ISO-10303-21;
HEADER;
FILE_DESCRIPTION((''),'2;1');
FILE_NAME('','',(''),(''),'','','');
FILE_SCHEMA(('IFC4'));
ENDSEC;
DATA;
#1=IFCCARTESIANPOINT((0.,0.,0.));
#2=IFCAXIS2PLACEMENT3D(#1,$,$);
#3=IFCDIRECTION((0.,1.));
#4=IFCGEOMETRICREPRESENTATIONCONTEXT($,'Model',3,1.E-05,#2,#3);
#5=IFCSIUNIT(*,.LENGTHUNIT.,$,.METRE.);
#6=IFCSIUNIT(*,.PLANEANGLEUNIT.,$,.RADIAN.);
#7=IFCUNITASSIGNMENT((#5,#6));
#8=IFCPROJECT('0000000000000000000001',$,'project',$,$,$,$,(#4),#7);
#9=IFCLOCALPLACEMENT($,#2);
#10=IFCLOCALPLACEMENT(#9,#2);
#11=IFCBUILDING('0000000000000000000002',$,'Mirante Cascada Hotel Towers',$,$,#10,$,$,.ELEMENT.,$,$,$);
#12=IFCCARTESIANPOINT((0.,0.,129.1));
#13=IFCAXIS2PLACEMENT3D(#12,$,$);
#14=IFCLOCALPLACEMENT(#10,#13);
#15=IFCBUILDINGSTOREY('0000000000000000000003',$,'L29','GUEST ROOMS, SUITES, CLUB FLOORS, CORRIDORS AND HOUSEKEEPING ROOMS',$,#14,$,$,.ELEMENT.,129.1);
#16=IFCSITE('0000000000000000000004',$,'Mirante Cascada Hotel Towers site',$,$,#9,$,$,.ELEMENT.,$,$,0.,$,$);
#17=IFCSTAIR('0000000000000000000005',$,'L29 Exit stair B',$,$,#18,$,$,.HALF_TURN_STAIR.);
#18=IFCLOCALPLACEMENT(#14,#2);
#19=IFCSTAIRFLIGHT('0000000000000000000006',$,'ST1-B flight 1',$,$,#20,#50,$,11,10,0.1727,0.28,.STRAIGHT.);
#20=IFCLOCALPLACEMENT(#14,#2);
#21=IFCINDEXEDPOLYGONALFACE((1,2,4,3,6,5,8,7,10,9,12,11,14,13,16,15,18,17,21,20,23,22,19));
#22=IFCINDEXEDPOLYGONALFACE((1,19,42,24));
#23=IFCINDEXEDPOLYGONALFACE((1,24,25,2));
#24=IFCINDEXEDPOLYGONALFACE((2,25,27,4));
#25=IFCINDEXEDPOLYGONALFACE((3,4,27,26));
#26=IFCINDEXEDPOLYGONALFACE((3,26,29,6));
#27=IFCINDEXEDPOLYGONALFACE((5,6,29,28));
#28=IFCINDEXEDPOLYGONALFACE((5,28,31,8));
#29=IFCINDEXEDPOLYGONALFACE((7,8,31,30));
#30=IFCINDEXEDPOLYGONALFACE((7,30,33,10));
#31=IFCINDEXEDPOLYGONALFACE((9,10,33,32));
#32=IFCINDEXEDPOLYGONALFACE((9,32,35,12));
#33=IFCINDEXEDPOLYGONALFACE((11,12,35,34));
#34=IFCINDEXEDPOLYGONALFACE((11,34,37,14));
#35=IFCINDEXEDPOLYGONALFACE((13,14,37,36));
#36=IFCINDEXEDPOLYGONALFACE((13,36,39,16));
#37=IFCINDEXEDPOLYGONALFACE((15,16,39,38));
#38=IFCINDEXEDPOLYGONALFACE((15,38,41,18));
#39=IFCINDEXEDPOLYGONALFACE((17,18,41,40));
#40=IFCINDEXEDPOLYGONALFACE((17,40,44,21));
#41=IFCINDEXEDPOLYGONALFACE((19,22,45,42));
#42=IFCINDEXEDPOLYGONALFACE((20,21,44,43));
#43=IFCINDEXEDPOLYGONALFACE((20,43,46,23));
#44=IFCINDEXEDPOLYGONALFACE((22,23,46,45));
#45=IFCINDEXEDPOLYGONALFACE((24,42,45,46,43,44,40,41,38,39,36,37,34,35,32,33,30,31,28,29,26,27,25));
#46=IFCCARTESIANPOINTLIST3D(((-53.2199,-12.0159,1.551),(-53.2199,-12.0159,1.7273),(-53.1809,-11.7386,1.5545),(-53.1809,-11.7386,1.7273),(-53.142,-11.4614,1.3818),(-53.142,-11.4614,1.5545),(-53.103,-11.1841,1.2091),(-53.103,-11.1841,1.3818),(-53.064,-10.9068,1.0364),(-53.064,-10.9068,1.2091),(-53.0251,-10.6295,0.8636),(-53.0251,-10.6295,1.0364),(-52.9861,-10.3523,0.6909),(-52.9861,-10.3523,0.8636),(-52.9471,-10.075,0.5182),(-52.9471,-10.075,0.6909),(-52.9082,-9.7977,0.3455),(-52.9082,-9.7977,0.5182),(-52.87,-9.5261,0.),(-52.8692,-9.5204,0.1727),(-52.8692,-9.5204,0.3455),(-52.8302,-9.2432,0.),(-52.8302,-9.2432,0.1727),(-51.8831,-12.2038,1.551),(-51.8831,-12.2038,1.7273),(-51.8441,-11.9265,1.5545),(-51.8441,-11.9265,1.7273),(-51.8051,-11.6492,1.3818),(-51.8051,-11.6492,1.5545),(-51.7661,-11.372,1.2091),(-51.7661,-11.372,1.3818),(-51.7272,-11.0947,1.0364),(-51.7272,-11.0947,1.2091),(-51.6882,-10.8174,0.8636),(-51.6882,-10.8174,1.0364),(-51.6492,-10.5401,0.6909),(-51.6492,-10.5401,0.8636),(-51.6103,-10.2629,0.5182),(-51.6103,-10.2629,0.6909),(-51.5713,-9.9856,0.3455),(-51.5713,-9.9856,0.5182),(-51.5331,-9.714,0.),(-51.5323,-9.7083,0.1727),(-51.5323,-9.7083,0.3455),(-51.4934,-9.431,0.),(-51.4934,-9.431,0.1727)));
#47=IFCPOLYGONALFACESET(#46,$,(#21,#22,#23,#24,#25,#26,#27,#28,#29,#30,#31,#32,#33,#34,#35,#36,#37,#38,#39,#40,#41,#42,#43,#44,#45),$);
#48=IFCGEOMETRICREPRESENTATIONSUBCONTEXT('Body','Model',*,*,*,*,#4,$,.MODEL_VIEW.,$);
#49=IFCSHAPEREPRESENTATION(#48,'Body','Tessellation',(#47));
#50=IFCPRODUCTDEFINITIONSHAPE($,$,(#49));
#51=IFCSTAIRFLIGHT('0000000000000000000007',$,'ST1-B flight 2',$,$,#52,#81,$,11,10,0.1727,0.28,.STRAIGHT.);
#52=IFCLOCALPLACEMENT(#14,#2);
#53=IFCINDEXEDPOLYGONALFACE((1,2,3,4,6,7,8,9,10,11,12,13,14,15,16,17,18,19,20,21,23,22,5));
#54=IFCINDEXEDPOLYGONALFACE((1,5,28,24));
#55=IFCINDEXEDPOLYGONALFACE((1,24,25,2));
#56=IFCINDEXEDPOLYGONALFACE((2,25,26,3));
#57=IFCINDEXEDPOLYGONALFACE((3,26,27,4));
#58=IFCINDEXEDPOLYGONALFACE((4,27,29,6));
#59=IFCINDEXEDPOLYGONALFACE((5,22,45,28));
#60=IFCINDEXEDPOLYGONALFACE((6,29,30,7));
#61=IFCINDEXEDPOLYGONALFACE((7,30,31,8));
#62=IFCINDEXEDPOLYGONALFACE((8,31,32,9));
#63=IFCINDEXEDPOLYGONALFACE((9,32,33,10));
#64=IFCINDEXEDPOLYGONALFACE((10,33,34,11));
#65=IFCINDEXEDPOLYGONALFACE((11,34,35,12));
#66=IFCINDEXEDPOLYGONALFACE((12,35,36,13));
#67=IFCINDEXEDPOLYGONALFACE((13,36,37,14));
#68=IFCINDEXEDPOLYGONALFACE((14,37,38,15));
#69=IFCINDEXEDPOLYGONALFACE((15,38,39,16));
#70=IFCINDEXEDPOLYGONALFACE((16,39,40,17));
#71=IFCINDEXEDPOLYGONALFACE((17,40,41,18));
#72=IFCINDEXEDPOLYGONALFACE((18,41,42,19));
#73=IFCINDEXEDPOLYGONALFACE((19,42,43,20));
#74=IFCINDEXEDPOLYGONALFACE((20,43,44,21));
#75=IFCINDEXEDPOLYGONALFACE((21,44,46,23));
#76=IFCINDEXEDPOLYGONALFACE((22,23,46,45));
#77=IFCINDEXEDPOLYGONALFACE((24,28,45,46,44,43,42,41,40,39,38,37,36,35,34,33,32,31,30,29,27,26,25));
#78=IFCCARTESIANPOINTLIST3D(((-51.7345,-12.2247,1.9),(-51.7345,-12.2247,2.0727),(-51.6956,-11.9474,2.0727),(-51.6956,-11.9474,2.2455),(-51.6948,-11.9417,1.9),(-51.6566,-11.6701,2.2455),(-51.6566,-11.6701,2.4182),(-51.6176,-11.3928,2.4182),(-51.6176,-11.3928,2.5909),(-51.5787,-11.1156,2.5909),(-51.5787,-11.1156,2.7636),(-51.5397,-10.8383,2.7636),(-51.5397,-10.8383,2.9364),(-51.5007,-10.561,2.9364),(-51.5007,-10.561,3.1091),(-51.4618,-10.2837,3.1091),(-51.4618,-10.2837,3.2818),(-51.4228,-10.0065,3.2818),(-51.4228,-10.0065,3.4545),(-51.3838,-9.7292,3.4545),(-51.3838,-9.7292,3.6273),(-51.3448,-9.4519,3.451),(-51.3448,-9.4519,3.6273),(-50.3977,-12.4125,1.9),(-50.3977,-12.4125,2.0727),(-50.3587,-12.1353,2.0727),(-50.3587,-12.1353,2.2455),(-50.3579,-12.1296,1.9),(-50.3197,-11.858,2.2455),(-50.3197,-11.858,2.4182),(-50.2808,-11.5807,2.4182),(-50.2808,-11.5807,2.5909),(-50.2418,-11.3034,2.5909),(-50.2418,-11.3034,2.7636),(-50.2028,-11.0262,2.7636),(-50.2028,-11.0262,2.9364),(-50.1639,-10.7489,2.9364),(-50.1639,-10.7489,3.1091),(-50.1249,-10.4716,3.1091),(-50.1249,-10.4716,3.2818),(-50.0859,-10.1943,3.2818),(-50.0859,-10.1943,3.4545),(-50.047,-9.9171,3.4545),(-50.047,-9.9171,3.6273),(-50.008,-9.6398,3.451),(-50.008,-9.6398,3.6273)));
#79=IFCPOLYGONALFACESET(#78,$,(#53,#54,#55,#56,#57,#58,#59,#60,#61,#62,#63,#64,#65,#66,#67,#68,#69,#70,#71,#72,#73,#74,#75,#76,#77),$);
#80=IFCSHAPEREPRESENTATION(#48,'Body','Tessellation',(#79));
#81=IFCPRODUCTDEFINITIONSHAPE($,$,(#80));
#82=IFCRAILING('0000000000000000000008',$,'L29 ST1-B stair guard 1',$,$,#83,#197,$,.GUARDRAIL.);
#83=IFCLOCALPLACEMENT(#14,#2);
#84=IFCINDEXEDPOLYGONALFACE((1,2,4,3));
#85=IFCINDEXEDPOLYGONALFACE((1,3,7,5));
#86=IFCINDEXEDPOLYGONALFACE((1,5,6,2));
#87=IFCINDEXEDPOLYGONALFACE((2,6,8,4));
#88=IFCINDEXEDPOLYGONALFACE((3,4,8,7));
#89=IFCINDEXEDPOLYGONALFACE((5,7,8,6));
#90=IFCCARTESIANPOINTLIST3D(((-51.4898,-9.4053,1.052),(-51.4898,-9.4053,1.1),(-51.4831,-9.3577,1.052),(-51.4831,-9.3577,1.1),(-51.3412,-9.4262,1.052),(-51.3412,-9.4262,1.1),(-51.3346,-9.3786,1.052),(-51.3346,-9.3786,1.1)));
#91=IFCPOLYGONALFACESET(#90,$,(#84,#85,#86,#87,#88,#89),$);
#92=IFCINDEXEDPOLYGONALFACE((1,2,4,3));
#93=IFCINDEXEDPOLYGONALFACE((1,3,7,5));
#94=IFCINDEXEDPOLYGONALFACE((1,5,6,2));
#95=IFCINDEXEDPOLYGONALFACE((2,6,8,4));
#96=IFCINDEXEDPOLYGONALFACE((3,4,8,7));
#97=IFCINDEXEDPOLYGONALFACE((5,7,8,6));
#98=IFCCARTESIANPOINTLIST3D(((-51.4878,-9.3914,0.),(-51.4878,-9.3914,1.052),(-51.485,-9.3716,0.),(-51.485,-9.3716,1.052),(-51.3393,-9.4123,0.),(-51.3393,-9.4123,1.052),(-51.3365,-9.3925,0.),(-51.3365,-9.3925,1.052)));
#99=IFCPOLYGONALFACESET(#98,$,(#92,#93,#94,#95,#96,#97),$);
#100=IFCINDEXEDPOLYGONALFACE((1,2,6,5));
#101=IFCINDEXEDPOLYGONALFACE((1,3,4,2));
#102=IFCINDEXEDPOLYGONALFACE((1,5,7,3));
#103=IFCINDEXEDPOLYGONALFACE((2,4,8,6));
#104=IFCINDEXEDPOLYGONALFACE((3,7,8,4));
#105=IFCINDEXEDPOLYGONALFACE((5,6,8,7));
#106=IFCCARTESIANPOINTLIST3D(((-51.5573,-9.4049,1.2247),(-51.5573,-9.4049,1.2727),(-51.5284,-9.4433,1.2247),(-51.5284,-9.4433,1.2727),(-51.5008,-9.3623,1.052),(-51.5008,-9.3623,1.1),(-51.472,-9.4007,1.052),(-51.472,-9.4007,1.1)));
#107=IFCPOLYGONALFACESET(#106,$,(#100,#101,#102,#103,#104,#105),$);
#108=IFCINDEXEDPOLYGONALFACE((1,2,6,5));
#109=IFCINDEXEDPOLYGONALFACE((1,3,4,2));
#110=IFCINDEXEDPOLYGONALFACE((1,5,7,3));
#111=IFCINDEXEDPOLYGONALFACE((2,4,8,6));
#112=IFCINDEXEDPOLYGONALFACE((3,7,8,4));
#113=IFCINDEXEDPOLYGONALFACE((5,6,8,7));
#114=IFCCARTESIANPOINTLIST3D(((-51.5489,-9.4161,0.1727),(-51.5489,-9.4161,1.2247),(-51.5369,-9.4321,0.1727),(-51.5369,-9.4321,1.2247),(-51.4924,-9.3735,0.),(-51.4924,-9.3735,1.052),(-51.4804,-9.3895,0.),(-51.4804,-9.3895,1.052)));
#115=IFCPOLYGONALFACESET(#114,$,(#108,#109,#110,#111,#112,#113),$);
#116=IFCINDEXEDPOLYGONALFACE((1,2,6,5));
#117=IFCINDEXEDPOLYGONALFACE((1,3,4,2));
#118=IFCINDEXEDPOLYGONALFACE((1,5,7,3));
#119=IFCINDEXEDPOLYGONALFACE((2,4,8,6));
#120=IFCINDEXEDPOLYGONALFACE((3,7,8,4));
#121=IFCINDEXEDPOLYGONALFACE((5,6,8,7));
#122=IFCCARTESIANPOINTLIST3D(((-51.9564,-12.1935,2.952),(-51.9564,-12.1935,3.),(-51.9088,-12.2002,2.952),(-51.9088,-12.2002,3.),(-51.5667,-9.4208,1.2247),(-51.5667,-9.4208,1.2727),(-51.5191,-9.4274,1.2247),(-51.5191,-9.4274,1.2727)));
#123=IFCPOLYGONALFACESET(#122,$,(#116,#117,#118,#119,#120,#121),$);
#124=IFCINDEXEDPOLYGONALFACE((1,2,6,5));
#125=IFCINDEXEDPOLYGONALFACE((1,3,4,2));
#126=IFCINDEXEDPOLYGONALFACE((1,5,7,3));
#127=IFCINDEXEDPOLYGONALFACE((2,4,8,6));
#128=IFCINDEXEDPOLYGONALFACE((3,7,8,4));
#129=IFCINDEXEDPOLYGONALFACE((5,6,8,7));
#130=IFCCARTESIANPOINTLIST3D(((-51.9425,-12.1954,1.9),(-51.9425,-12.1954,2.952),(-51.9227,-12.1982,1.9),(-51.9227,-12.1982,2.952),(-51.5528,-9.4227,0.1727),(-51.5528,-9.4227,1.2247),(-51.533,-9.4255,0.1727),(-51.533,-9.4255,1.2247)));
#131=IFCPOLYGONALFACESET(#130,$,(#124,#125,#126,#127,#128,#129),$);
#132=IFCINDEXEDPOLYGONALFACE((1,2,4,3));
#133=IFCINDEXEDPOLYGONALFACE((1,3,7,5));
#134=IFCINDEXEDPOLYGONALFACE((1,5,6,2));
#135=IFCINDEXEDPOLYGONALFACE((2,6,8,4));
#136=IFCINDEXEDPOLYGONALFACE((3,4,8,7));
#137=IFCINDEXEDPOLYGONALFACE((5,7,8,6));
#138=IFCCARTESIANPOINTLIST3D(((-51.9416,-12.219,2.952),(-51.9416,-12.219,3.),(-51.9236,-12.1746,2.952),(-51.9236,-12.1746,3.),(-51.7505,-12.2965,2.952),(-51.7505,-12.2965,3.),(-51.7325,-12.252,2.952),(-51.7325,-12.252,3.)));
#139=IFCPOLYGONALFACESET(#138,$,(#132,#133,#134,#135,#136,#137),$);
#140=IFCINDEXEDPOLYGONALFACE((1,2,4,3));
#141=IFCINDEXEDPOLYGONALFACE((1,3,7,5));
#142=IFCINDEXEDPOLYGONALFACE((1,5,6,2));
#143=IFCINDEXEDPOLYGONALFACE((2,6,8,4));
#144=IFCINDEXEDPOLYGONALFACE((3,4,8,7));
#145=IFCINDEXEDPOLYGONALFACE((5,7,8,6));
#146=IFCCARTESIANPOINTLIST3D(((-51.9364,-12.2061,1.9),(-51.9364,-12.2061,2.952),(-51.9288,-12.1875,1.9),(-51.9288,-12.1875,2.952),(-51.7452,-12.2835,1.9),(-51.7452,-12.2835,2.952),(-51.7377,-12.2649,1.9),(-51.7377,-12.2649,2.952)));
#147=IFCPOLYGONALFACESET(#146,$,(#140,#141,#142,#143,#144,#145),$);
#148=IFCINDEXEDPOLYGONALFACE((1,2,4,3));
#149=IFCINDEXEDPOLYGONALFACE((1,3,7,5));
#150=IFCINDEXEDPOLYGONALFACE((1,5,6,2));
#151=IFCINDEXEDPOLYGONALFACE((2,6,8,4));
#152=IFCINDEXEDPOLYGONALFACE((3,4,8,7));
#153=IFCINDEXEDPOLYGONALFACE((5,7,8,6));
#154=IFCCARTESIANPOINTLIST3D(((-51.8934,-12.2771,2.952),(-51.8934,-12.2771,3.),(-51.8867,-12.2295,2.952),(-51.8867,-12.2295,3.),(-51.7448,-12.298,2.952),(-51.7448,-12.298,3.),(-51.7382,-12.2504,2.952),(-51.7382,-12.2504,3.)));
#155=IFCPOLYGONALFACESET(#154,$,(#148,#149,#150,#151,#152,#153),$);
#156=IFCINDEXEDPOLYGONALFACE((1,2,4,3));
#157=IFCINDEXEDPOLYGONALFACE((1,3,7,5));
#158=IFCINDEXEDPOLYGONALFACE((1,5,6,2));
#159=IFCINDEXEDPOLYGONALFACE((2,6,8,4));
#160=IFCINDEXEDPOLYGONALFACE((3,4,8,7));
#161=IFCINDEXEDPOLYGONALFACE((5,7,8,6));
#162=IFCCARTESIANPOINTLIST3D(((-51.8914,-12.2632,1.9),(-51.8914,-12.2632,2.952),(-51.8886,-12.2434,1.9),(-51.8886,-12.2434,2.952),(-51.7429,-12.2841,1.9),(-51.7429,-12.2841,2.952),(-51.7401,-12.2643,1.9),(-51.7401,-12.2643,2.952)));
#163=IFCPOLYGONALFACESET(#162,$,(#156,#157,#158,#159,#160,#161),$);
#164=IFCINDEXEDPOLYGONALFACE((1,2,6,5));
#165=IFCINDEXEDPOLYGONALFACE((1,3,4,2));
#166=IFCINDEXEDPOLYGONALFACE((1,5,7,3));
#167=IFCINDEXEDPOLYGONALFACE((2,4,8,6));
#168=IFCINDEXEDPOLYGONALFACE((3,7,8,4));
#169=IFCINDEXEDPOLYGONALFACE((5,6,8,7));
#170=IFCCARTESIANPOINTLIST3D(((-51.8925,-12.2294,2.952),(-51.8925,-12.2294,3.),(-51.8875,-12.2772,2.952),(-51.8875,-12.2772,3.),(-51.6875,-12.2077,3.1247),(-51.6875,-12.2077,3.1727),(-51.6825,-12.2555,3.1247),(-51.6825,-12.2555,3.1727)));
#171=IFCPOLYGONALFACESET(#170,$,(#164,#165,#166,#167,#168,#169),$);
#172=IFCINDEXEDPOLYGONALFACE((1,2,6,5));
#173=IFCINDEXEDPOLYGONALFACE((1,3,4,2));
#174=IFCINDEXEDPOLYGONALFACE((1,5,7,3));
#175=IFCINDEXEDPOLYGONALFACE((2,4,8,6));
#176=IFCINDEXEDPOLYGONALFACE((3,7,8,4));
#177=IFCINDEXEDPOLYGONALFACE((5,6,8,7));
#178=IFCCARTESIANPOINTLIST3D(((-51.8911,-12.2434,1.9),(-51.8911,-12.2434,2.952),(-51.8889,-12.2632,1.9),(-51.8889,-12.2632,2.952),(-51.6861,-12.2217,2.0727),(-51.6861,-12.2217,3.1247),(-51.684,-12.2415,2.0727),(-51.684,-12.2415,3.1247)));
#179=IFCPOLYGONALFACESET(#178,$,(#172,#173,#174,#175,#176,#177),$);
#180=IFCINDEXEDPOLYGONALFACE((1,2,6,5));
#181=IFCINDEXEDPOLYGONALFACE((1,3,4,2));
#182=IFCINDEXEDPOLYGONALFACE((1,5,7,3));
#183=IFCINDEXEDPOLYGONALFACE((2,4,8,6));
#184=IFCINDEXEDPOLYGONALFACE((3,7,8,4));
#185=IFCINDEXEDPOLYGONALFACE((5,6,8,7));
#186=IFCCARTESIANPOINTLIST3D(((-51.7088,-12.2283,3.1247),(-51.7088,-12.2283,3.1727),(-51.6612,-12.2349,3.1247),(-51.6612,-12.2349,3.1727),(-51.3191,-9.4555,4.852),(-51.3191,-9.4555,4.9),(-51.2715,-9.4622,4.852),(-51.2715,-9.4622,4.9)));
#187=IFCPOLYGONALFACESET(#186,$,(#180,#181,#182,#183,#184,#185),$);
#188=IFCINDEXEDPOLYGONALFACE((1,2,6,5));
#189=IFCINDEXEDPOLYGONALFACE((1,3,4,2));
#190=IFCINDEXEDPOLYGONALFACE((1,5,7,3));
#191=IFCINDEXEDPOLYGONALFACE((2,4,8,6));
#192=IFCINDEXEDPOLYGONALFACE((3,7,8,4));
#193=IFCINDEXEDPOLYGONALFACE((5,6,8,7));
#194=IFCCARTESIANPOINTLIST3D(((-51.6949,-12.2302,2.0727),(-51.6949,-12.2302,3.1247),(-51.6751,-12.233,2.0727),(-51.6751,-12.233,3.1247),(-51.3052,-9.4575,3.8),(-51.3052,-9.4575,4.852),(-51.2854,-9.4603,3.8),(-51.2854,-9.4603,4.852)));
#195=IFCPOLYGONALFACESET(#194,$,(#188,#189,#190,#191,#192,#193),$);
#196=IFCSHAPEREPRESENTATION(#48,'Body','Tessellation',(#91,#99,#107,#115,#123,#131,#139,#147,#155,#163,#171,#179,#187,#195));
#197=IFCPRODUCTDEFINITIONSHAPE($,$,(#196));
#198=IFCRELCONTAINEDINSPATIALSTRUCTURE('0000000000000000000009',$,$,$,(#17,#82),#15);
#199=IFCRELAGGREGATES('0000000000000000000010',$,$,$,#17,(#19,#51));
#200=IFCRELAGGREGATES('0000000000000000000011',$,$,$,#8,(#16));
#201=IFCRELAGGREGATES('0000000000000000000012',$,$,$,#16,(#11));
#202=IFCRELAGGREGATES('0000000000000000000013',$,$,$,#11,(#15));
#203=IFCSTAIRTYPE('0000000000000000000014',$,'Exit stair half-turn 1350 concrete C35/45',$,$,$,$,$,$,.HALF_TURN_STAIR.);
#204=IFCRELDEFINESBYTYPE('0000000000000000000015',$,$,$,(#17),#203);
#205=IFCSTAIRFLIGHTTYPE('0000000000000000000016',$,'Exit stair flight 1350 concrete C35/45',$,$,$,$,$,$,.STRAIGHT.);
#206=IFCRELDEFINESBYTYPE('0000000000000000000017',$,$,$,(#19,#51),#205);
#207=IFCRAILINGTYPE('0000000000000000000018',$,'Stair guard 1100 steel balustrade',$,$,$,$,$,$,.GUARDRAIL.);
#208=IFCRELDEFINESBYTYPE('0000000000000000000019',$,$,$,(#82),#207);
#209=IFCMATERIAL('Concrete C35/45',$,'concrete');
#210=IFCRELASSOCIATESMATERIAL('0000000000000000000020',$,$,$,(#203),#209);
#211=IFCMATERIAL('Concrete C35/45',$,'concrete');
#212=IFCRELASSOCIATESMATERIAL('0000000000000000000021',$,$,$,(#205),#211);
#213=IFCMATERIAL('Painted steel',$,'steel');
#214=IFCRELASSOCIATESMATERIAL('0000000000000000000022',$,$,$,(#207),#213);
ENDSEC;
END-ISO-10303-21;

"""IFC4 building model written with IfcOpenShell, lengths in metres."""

from ifc_helpers import new_model, si_unit, direction, frame, origin, origin_2d, place, context, subcontext, project, spatial, polyline, rectangle, outline, extrude, material, type_object, element, aggregate, save


model = new_model("IFC4")

# Units and contexts
model_context = context("Model", 3, precision=1e-05, world=origin(), true_north=direction((0.0, 1.0)))
body_context = subcontext(model_context, "Body", "Model", "MODEL_VIEW")
ifc_project = project(units=[si_unit("LENGTHUNIT", "METRE"), si_unit("PLANEANGLEUNIT", "RADIAN")], contexts=[model_context])

# Site, building, storey
site_placement = place(None, origin())
site = spatial("IfcSite", under=ifc_project, at=site_placement, Name="Mirante Cascada Hotel Towers site", CompositionType="ELEMENT", RefElevation=0.0)
building_placement = place(site_placement, origin())
building = spatial("IfcBuilding", under=site, at=building_placement, Name="Mirante Cascada Hotel Towers", CompositionType="ELEMENT")
storey_placement = place(building_placement, frame((0.0, 0.0, 129.1)))
storey = spatial("IfcBuildingStorey", under=building, at=storey_placement, Name="L29", Description="GUEST ROOMS, SUITES, CLUB FLOORS, CORRIDORS AND HOUSEKEEPING ROOMS", CompositionType="ELEMENT", Elevation=129.1)

# Stair, stair flights
ifc_material_1 = material(Name="Concrete C35/45", Category="concrete")
stair_type = type_object("IfcStairType", Name="Exit stair half-turn 1350 concrete C35/45", PredefinedType="HALF_TURN_STAIR", material=ifc_material_1)
stair_placement = place(storey_placement, origin())
stair = element("IfcStair", 1, at=stair_placement, inside=storey, type_object=stair_type, Name="L29 Exit stair B", PredefinedType="HALF_TURN_STAIR")
ifc_material_2 = material(Name="Concrete C35/45", Category="concrete")
stair_flight_type = type_object("IfcStairFlightType", Name="Exit stair flight 1350 concrete C35/45", PredefinedType="STRAIGHT", material=ifc_material_2)
stair_flight_1_placement = place(storey_placement, frame((-52.1618, -9.3371, 0.0), z_axis=(0.0, 0.0, 1.0), x_axis=(-0.139173, -0.990268, 0.0)))
stair_flight_1 = element("IfcStairFlight", 2, at=stair_flight_1_placement, type_object=stair_flight_type, Name="ST1-B flight 1", NumberOfRisers=11, NumberOfTreads=10, PredefinedType="STRAIGHT", RiserHeight=0.1727, TreadLength=0.28, context=body_context, shape_type="SweptSolid", body=[
    extrude(outline(polyline([(0.0, 0.0), (0.0, 0.1727), (0.28, 0.1727), (0.28, 0.3455), (0.56, 0.3455), (0.56, 0.5182), (0.84, 0.5182), (0.84, 0.6909), (1.12, 0.6909), (1.12, 0.8636), (1.4, 0.8636), (1.4, 1.0364), (1.68, 1.0364), (1.68, 1.2091), (1.96, 1.2091), (1.96, 1.3818), (2.24, 1.3818), (2.24, 1.5545), (2.52, 1.5545), (2.52, 1.7273), (2.8, 1.7273), (2.8, 1.9), (2.8, 1.551), (0.2857, 0.0), (0.0, 0.0)])), frame((0.0, 0.675, 0.0), z_axis=(0.0, -1.0, 0.0), x_axis=(1.0, 0.0, 0.0)), (0.0, 0.0, 1.0), 1.35),
])
stair_flight_2_placement = place(storey_placement, frame((-51.0661, -12.3186, 1.9), z_axis=(0.0, 0.0, 1.0), x_axis=(0.139173, 0.990268, 0.0)))
stair_flight_2 = element("IfcStairFlight", 3, at=stair_flight_2_placement, type_object=stair_flight_type, Name="ST1-B flight 2", NumberOfRisers=11, NumberOfTreads=10, PredefinedType="STRAIGHT", RiserHeight=0.1727, TreadLength=0.28, context=body_context, shape_type="SweptSolid", body=[
    extrude(outline(polyline([(0.0, 0.0), (0.0, 0.1727), (0.28, 0.1727), (0.28, 0.3455), (0.56, 0.3455), (0.56, 0.5182), (0.84, 0.5182), (0.84, 0.6909), (1.12, 0.6909), (1.12, 0.8636), (1.4, 0.8636), (1.4, 1.0364), (1.68, 1.0364), (1.68, 1.2091), (1.96, 1.2091), (1.96, 1.3818), (2.24, 1.3818), (2.24, 1.5545), (2.52, 1.5545), (2.52, 1.7273), (2.8, 1.7273), (2.8, 1.9), (2.8, 1.551), (0.2857, 0.0), (0.0, 0.0)])), frame((0.0, 0.675, 0.0), z_axis=(0.0, -1.0, 0.0), x_axis=(1.0, 0.0, 0.0)), (0.0, 0.0, 1.0), 1.35),
])
aggregate(stair, [stair_flight_1, stair_flight_2])

# Railing
ifc_material_3 = material(Name="Painted steel", Category="steel")
railing_type_1 = type_object("IfcRailingType", Name="Stair guard 1100 steel balustrade", PredefinedType="GUARDRAIL", material=ifc_material_3)
railing_1_placement = place(storey_placement, frame((-51.3379, -9.4024, 0.0)))
element("IfcRailing", 4, at=railing_1_placement, inside=storey, type_object=railing_type_1, Name="L29 ST1-B stair guard 1", PredefinedType="GUARDRAIL", context=body_context, shape_type="SweptSolid", body=[
    extrude(rectangle(XDim=0.048, YDim=0.048, at=origin_2d()), frame((0.0, 0.0, 1.076), z_axis=(-0.990241, 0.139367, 0.0), x_axis=(-0.139367, -0.990241, 0.0)), (0.0, 0.0, 1.0), 0.15),
    extrude(rectangle(XDim=0.02, YDim=1.052, at=origin_2d()), frame((0.0, 0.0, 0.526), z_axis=(-0.990241, 0.139367, 0.0), x_axis=(-0.139367, -0.990241, 0.0)), (0.0, 0.0, 1.0), 0.15),
    extrude(rectangle(XDim=0.048, YDim=0.048, at=origin_2d()), frame((-0.1485, 0.0209, 1.076), z_axis=(-0.798471, -0.602033, 0.0), x_axis=(0.602033, -0.798471, 0.0)), (0.0, 0.92534, 0.379139), 0.1866),
    extrude(rectangle(XDim=0.02, YDim=1.052, at=origin_2d()), frame((-0.1485, 0.0209, 0.526), z_axis=(-0.798471, -0.602033, 0.0), x_axis=(0.602033, -0.798471, 0.0)), (0.0, 0.92534, 0.379139), 0.1866),
    extrude(rectangle(XDim=0.048, YDim=0.048, at=origin_2d()), frame((-0.205, -0.0217, 1.2487), z_axis=(-0.139181, -0.990267, 0.0), x_axis=(0.990267, -0.139181, 0.0)), (0.0, 0.525035, 0.851081), 3.2899),
    extrude(rectangle(XDim=0.02, YDim=1.052, at=origin_2d()), frame((-0.205, -0.0217, 0.6987), z_axis=(-0.139181, -0.990267, 0.0), x_axis=(0.990267, -0.139181, 0.0)), (0.0, 0.525035, 0.851081), 3.2899),
    extrude(rectangle(XDim=0.048, YDim=0.048, at=origin_2d()), frame((-0.5947, -2.7944, 2.976), z_axis=(0.926862, -0.375401, 0.0), x_axis=(0.375401, 0.926862, 0.0)), (0.0, 0.0, 1.0), 0.2062),
    extrude(rectangle(XDim=0.02, YDim=1.052, at=origin_2d()), frame((-0.5947, -2.7944, 2.426), z_axis=(0.926862, -0.375401, 0.0), x_axis=(0.375401, 0.926862, 0.0)), (0.0, 0.0, 1.0), 0.2062),
    extrude(rectangle(XDim=0.048, YDim=0.048, at=origin_2d()), frame((-0.4036, -2.8718, 2.976), z_axis=(-0.990241, 0.139367, 0.0), x_axis=(-0.139367, -0.990241, 0.0)), (0.0, 0.0, 1.0), 0.15),
    extrude(rectangle(XDim=0.02, YDim=1.052, at=origin_2d()), frame((-0.4036, -2.8718, 2.426), z_axis=(-0.990241, 0.139367, 0.0), x_axis=(-0.139367, -0.990241, 0.0)), (0.0, 0.0, 1.0), 0.15),
    extrude(rectangle(XDim=0.048, YDim=0.048, at=origin_2d()), frame((-0.5521, -2.8509, 2.976), z_axis=(0.994444, 0.105266, 0.0), x_axis=(-0.105266, 0.994444, 0.0)), (0.0, 0.642184, 0.76655), 0.2689),
    extrude(rectangle(XDim=0.02, YDim=1.052, at=origin_2d()), frame((-0.5521, -2.8509, 2.426), z_axis=(0.994444, 0.105266, 0.0), x_axis=(-0.105266, 0.994444, 0.0)), (0.0, 0.642184, 0.76655), 0.2689),
    extrude(rectangle(XDim=0.048, YDim=0.048, at=origin_2d()), frame((-0.3471, -2.8292, 3.1487), z_axis=(0.139181, 0.990267, 0.0), x_axis=(-0.990267, 0.139181, 0.0)), (0.0, 0.525035, 0.851081), 3.2899),
    extrude(rectangle(XDim=0.02, YDim=1.052, at=origin_2d()), frame((-0.3471, -2.8292, 2.5987), z_axis=(0.139181, 0.990267, 0.0), x_axis=(-0.990267, 0.139181, 0.0)), (0.0, 0.525035, 0.851081), 3.2899),
])

save(model, "model.ifc")
